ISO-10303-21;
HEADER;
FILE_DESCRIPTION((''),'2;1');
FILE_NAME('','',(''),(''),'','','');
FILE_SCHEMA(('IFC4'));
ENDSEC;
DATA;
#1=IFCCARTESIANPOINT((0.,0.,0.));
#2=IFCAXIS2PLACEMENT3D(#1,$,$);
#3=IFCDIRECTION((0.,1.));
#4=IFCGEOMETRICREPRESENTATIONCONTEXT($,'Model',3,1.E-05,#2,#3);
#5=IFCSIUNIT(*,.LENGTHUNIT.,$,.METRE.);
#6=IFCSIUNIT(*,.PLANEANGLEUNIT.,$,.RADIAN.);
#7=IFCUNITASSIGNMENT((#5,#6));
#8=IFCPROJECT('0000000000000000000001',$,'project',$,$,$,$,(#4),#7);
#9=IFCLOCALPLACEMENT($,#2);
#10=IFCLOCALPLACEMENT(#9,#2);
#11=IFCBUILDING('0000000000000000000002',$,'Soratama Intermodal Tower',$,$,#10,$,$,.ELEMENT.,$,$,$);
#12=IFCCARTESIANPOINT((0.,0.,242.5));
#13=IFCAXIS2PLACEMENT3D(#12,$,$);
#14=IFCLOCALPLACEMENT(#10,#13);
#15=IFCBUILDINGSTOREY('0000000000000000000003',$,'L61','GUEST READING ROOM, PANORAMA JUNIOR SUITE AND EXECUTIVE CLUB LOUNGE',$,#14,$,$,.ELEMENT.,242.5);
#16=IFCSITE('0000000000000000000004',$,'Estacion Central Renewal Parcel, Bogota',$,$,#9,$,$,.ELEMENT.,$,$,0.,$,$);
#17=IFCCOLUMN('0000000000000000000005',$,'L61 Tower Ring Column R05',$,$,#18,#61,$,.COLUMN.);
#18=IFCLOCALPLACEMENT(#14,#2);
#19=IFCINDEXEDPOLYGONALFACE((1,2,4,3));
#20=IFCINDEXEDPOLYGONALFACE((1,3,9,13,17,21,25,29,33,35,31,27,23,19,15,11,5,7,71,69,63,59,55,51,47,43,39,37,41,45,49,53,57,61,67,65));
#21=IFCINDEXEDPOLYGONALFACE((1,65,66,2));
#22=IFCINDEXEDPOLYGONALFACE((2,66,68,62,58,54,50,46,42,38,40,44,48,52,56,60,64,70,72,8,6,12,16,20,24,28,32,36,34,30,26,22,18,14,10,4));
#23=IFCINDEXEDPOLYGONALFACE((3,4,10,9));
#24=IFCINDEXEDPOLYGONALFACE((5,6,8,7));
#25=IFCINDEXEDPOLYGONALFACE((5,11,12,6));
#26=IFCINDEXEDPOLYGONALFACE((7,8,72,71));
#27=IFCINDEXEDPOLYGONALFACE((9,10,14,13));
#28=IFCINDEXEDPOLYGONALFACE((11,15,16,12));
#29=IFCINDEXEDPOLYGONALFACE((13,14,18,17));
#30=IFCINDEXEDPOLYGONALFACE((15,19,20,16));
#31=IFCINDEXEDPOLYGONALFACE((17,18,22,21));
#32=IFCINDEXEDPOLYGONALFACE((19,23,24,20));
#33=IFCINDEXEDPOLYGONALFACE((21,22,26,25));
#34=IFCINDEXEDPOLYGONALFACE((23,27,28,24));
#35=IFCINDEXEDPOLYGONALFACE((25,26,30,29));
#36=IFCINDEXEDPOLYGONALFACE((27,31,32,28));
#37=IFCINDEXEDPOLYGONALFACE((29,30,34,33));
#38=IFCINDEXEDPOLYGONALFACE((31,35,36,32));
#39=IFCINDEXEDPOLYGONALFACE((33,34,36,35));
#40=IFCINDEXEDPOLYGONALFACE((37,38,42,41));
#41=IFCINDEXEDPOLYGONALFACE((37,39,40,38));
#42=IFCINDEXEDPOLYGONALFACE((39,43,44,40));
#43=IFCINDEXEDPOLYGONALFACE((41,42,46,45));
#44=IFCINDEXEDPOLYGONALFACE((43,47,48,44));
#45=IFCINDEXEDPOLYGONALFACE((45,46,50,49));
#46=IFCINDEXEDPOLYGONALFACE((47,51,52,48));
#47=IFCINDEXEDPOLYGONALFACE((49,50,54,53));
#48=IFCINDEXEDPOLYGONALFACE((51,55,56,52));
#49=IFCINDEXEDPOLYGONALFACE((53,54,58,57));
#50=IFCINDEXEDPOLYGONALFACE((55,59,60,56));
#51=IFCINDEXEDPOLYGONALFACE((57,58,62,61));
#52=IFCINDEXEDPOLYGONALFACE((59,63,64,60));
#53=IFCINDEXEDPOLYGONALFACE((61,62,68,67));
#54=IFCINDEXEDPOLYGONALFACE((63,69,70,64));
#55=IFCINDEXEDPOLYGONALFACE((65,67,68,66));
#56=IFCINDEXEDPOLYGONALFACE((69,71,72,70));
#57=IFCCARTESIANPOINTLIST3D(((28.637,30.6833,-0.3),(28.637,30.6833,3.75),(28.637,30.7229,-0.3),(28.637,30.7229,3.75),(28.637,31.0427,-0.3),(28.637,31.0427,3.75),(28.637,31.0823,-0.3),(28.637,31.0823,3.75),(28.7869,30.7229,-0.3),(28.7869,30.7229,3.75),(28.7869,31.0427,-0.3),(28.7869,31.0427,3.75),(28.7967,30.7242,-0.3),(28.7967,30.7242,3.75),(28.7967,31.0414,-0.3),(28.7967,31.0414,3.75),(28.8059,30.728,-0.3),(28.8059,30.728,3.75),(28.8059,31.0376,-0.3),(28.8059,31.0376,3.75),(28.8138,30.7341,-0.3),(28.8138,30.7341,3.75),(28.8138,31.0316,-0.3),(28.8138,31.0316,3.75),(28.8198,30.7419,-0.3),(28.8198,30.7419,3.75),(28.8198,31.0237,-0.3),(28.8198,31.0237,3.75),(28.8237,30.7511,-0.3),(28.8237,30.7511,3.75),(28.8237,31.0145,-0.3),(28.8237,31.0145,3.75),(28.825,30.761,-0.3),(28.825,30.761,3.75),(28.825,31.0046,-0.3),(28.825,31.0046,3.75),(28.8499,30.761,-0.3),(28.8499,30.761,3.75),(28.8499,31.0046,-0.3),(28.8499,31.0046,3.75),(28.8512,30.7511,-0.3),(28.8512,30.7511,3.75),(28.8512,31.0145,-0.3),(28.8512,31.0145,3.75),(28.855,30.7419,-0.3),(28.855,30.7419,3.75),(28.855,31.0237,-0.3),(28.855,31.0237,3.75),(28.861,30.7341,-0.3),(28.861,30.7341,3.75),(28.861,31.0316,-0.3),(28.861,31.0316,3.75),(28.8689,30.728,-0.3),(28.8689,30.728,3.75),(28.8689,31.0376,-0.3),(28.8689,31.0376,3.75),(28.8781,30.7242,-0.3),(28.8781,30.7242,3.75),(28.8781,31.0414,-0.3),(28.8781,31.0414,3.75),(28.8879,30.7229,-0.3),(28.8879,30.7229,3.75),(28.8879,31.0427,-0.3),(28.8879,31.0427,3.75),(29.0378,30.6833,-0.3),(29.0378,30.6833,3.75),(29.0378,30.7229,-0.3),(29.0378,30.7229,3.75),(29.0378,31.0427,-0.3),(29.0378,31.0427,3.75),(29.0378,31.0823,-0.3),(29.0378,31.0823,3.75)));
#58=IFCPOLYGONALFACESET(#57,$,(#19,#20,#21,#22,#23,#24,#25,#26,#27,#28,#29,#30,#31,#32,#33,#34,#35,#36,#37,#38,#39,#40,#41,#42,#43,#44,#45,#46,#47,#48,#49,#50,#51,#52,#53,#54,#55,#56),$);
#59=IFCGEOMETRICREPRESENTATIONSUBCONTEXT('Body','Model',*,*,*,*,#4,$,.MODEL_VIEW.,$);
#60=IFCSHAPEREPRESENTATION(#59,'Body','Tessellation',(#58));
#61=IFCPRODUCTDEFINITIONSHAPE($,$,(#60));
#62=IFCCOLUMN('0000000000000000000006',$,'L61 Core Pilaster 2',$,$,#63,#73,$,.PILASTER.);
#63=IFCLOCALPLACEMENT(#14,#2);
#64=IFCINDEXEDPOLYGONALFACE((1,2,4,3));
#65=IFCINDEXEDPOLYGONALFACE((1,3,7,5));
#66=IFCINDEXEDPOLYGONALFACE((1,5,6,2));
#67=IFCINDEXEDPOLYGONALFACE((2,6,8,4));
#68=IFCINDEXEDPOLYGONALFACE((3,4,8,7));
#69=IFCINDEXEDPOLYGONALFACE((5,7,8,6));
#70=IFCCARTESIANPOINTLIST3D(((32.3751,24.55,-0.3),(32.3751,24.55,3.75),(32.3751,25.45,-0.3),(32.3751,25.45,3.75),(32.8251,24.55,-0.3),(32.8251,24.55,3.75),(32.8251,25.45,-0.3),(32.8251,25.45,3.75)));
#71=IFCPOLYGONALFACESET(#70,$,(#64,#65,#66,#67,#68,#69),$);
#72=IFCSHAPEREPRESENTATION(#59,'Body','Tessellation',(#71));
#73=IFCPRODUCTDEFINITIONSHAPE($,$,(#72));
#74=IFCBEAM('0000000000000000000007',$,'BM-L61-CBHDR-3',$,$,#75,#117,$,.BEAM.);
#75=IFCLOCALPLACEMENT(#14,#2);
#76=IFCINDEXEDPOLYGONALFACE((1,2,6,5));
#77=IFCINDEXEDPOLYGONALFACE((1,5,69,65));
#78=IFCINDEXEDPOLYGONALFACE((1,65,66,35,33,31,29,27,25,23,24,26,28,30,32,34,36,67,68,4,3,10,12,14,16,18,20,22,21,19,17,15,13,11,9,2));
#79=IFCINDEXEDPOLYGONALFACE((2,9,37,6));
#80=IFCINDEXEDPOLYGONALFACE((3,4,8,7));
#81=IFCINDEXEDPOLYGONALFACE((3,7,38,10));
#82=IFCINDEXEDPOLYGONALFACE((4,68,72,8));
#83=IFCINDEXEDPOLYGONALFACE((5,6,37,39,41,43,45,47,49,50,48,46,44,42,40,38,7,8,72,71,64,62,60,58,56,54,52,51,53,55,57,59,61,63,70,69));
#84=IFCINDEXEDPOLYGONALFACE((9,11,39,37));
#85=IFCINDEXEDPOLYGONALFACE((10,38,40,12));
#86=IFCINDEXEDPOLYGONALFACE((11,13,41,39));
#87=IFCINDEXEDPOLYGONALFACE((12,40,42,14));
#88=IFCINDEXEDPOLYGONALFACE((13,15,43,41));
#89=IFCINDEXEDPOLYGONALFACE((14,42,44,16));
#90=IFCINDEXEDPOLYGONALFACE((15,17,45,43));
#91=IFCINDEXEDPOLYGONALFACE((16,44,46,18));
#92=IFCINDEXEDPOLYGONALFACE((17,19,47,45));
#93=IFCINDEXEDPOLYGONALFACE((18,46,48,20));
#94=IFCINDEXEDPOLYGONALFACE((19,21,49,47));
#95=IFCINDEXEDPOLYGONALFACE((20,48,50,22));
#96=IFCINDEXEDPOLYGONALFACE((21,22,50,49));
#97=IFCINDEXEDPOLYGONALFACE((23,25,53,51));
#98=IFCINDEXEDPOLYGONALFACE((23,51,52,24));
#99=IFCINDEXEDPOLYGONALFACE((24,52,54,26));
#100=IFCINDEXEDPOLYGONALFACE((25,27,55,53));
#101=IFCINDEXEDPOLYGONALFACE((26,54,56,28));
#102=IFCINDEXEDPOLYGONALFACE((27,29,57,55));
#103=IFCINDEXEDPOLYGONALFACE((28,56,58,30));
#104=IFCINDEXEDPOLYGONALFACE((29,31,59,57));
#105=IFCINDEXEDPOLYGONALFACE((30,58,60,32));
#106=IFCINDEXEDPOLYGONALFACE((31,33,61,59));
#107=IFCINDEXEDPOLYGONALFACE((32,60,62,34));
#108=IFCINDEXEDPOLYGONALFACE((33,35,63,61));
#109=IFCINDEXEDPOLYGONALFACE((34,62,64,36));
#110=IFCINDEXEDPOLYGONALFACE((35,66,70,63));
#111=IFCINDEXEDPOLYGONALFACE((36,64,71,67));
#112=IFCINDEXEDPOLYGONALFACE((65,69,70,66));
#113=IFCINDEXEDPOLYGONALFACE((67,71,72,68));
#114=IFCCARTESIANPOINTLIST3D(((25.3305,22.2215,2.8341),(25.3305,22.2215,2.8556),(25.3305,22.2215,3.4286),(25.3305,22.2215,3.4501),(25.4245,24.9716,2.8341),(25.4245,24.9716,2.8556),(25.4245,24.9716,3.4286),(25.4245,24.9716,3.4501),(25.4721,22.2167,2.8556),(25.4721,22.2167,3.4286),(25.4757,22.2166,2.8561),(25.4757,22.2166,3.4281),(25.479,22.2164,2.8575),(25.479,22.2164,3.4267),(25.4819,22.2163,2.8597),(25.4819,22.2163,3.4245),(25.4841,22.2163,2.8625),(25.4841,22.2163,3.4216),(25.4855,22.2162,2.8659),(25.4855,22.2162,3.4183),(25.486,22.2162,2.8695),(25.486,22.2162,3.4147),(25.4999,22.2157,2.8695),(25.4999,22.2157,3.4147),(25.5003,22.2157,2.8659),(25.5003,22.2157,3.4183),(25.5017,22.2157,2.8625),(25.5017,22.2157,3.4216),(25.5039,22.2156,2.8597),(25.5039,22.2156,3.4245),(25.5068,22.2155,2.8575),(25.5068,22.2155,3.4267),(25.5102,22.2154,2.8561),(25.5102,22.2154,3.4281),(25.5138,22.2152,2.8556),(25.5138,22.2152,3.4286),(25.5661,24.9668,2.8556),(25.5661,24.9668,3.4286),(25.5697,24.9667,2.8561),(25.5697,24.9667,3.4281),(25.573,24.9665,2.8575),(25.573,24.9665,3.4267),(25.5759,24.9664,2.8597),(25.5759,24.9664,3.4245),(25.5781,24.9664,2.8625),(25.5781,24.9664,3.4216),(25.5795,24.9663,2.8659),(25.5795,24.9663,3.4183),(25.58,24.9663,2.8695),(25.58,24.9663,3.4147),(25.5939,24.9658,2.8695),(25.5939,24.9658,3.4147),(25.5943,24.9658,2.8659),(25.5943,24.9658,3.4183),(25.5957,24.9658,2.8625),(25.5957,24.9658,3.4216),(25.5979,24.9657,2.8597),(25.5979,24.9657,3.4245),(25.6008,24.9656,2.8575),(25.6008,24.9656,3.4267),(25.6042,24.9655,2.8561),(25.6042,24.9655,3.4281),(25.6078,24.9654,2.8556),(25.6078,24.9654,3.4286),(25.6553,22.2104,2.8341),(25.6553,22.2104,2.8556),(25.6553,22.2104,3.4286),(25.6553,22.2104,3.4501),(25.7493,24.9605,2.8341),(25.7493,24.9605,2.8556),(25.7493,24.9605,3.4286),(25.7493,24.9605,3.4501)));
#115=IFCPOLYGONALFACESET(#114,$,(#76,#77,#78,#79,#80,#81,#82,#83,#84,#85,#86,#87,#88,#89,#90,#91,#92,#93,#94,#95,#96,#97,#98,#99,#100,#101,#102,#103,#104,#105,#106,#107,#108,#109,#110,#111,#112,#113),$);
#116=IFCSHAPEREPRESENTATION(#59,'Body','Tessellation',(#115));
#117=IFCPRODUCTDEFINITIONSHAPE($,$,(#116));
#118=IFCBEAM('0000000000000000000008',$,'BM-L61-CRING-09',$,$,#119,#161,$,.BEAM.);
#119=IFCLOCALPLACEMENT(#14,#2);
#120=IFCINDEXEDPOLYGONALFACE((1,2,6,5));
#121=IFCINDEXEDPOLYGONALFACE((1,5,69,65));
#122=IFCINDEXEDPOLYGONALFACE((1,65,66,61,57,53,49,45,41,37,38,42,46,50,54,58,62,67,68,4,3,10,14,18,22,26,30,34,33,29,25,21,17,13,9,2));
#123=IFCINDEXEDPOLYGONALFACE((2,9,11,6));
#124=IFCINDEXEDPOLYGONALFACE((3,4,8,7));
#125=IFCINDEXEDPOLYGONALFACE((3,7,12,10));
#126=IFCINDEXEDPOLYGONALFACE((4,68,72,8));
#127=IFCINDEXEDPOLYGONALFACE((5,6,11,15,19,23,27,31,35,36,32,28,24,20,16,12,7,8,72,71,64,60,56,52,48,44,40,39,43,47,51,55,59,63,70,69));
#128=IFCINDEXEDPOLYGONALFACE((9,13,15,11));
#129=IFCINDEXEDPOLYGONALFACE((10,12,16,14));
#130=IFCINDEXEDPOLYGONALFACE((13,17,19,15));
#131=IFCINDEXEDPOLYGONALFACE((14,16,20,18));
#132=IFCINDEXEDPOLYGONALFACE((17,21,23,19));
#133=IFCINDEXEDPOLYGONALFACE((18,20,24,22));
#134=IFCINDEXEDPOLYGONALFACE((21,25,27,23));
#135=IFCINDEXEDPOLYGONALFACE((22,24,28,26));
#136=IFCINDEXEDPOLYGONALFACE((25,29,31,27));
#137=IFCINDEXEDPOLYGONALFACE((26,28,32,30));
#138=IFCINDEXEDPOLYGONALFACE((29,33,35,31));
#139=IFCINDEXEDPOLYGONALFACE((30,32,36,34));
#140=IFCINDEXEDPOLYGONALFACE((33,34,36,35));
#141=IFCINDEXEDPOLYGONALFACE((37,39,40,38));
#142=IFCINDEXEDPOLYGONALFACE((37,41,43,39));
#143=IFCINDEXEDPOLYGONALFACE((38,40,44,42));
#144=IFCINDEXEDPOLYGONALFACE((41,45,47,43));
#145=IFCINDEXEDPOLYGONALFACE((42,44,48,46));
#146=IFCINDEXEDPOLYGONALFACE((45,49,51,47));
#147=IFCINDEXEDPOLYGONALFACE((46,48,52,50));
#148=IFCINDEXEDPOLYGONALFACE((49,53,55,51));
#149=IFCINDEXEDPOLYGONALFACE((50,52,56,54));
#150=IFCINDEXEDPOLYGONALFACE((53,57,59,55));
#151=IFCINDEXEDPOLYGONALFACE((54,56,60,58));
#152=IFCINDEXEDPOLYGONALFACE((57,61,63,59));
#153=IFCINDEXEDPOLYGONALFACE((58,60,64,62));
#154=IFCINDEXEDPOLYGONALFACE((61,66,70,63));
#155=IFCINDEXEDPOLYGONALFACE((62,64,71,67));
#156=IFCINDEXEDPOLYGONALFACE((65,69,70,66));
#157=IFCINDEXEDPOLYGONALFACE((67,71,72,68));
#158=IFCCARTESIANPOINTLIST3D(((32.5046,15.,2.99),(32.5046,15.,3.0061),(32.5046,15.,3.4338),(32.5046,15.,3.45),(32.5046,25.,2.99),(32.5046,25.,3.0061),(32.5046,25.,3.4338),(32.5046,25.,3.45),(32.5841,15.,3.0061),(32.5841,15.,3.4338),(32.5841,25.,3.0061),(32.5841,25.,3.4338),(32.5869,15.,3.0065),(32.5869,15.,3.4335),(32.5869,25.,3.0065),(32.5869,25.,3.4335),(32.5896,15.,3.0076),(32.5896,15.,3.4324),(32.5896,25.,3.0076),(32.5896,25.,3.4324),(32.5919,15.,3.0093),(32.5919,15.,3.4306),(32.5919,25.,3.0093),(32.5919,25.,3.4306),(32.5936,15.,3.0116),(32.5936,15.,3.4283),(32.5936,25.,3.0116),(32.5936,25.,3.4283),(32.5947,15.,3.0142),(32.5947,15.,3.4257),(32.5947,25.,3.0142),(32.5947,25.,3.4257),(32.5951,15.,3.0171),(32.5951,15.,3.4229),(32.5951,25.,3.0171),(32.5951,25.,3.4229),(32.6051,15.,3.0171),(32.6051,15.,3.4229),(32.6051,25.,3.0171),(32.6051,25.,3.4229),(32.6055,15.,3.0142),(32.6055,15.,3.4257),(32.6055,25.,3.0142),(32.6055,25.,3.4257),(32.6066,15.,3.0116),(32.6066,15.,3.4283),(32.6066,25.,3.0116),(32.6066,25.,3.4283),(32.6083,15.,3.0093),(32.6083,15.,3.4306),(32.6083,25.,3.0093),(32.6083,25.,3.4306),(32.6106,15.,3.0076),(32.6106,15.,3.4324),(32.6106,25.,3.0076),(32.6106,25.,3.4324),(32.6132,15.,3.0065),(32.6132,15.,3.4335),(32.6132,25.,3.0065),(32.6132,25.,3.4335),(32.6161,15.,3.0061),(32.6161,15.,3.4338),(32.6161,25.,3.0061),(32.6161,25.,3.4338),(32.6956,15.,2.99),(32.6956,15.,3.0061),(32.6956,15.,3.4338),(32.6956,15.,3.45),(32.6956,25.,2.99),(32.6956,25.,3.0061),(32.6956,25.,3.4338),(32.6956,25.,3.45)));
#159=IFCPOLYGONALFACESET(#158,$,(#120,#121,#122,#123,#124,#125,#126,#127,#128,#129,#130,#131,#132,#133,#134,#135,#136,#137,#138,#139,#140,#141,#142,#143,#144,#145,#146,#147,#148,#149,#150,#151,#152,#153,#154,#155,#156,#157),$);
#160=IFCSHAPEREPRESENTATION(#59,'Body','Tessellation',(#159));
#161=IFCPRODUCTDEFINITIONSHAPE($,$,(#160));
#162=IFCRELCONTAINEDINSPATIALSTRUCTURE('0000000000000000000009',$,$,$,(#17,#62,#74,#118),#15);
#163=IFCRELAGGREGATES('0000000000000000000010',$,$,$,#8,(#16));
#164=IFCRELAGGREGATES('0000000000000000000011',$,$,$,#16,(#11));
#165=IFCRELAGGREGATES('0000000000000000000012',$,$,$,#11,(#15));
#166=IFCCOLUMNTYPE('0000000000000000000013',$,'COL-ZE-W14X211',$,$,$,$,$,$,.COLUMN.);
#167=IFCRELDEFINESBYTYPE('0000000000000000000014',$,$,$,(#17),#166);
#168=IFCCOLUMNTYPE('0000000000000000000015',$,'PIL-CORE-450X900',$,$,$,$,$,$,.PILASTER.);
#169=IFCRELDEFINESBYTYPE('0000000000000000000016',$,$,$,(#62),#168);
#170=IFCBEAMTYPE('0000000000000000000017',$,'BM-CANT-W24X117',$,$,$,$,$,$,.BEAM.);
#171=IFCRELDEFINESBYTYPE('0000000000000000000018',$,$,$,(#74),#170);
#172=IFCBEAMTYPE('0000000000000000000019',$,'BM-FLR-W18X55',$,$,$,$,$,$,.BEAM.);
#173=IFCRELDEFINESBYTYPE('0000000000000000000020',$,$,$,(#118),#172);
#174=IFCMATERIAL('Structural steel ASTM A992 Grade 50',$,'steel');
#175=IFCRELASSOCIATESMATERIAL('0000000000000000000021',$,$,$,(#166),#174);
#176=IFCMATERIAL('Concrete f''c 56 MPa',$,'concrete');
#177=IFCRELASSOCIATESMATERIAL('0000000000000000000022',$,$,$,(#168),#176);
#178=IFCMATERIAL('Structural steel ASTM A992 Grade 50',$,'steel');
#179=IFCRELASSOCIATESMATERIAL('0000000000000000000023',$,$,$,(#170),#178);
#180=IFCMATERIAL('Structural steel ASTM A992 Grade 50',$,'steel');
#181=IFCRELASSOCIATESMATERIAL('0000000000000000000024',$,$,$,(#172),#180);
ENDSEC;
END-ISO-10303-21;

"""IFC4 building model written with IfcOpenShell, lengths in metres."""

from ifc_helpers import new_model, si_unit, direction, frame, origin, origin_2d, place, context, subcontext, project, spatial, rectangle, i_section, extrude, material, material_profile, profile_set, type_object, element, save


model = new_model("IFC4")

# Units and contexts
model_context = context("Model", 3, precision=1e-05, world=origin(), true_north=direction((0.0, 1.0)))
body_context = subcontext(model_context, "Body", "Model", "MODEL_VIEW")
ifc_project = project(units=[si_unit("LENGTHUNIT", "METRE"), si_unit("PLANEANGLEUNIT", "RADIAN")], contexts=[model_context])

# Site, building, storey
site_placement = place(None, origin())
site = spatial("IfcSite", under=ifc_project, at=site_placement, Name="Estacion Central Renewal Parcel, Bogota", CompositionType="ELEMENT", RefElevation=0.0)
building_placement = place(site_placement, origin())
building = spatial("IfcBuilding", under=site, at=building_placement, Name="Soratama Intermodal Tower", CompositionType="ELEMENT")
storey_placement = place(building_placement, frame((0.0, 0.0, 242.5)))
storey = spatial("IfcBuildingStorey", under=building, at=storey_placement, Name="L61", Description="GUEST READING ROOM, PANORAMA JUNIOR SUITE AND EXECUTIVE CLUB LOUNGE", CompositionType="ELEMENT", Elevation=242.5)

# Columns
ifc_material_1 = material(Name="Structural steel ASTM A992 Grade 50", Category="steel")
ifc_material_profile_1 = material_profile(ifc_material_1, i_section(OverallWidth=0.4009, OverallDepth=0.3989, WebThickness=0.0249, FlangeThickness=0.0396, FilletRadius=0.0381, at=origin_2d()), Name="W14X211")
ifc_profile_set_1 = profile_set([ifc_material_profile_1], Name="Structural steel ASTM A992 Grade 50")
column_type_1 = type_object("IfcColumnType", Name="COL-ZE-W14X211", PredefinedType="COLUMN", material=ifc_profile_set_1)
column_1_placement = place(storey_placement, frame((28.8374, 30.8828, -0.3), z_axis=(0.0, 0.0, 1.0), x_axis=(1.0, 0.0, 0.0)))
element("IfcColumn", 1, at=column_1_placement, inside=storey, type_object=column_type_1, Name="L61 Tower Ring Column R05", PredefinedType="COLUMN", context=body_context, shape_type="SweptSolid", body=[
    extrude(i_section(OverallWidth=0.4009, OverallDepth=0.3989, WebThickness=0.0249, FlangeThickness=0.0396, FilletRadius=0.0381, at=origin_2d()), origin(), (0.0, 0.0, 1.0), 4.05),
])
ifc_material_2 = material(Name="Concrete f'c 56 MPa", Category="concrete")
ifc_material_profile_2 = material_profile(ifc_material_2, rectangle(XDim=0.45, YDim=0.8999, at=origin_2d()), Name="RC450X900")
ifc_profile_set_2 = profile_set([ifc_material_profile_2], Name="Concrete f'c 56 MPa")
column_type_2 = type_object("IfcColumnType", Name="PIL-CORE-450X900", PredefinedType="PILASTER", material=ifc_profile_set_2)
column_2_placement = place(storey_placement, frame((32.6001, 25.0, -0.3), z_axis=(0.0, 0.0, 1.0), x_axis=(1.0, 0.0, 0.0)))
element("IfcColumn", 2, at=column_2_placement, inside=storey, type_object=column_type_2, Name="L61 Core Pilaster 2", PredefinedType="PILASTER", context=body_context, shape_type="SweptSolid", body=[
    extrude(rectangle(XDim=0.45, YDim=0.8999, at=origin_2d()), origin(), (0.0, 0.0, 1.0), 4.05),
])

# Beams
ifc_material_3 = material(Name="Structural steel ASTM A992 Grade 50", Category="steel")
ifc_material_profile_3 = material_profile(ifc_material_3, i_section(OverallWidth=0.325, OverallDepth=0.616, WebThickness=0.0139, FlangeThickness=0.0215, FilletRadius=0.0139, at=origin_2d()), Name="W24X117")
ifc_profile_set_3 = profile_set([ifc_material_profile_3], Name="Structural steel ASTM A992 Grade 50")
beam_type_1 = type_object("IfcBeamType", Name="BM-CANT-W24X117", PredefinedType="BEAM", material=ifc_profile_set_3)
beam_1_placement = place(storey_placement, frame((25.5869, 24.9661, 3.1421), z_axis=(-0.03416, -0.999416, 0.0), x_axis=(0.999416, -0.03416, 0.0)))
element("IfcBeam", 3, at=beam_1_placement, inside=storey, type_object=beam_type_1, Name="BM-L61-CBHDR-3", PredefinedType="BEAM", context=body_context, shape_type="SweptSolid", body=[
    extrude(i_section(OverallWidth=0.325, OverallDepth=0.616, WebThickness=0.0139, FlangeThickness=0.0215, FilletRadius=0.0139, at=origin_2d()), origin(), (0.0, 0.0, 1.0), 2.7517),
])
ifc_material_4 = material(Name="Structural steel ASTM A992 Grade 50", Category="steel")
ifc_material_profile_4 = material_profile(ifc_material_4, i_section(OverallWidth=0.1909, OverallDepth=0.46, WebThickness=0.01, FlangeThickness=0.0161, FilletRadius=0.011, at=origin_2d()), Name="W18X55")
ifc_profile_set_4 = profile_set([ifc_material_profile_4], Name="Structural steel ASTM A992 Grade 50")
beam_type_2 = type_object("IfcBeamType", Name="BM-FLR-W18X55", PredefinedType="BEAM", material=ifc_profile_set_4)
beam_2_placement = place(storey_placement, frame((32.6001, 25.0, 3.22), z_axis=(0.0, -1.0, 0.0), x_axis=(1.0, 0.0, 0.0)))
element("IfcBeam", 4, at=beam_2_placement, inside=storey, type_object=beam_type_2, Name="BM-L61-CRING-09", PredefinedType="BEAM", context=body_context, shape_type="SweptSolid", body=[
    extrude(i_section(OverallWidth=0.1909, OverallDepth=0.46, WebThickness=0.01, FlangeThickness=0.0161, FilletRadius=0.011, at=origin_2d()), origin(), (0.0, 0.0, 1.0), 10.0),
])

save(model, "model.ifc")
